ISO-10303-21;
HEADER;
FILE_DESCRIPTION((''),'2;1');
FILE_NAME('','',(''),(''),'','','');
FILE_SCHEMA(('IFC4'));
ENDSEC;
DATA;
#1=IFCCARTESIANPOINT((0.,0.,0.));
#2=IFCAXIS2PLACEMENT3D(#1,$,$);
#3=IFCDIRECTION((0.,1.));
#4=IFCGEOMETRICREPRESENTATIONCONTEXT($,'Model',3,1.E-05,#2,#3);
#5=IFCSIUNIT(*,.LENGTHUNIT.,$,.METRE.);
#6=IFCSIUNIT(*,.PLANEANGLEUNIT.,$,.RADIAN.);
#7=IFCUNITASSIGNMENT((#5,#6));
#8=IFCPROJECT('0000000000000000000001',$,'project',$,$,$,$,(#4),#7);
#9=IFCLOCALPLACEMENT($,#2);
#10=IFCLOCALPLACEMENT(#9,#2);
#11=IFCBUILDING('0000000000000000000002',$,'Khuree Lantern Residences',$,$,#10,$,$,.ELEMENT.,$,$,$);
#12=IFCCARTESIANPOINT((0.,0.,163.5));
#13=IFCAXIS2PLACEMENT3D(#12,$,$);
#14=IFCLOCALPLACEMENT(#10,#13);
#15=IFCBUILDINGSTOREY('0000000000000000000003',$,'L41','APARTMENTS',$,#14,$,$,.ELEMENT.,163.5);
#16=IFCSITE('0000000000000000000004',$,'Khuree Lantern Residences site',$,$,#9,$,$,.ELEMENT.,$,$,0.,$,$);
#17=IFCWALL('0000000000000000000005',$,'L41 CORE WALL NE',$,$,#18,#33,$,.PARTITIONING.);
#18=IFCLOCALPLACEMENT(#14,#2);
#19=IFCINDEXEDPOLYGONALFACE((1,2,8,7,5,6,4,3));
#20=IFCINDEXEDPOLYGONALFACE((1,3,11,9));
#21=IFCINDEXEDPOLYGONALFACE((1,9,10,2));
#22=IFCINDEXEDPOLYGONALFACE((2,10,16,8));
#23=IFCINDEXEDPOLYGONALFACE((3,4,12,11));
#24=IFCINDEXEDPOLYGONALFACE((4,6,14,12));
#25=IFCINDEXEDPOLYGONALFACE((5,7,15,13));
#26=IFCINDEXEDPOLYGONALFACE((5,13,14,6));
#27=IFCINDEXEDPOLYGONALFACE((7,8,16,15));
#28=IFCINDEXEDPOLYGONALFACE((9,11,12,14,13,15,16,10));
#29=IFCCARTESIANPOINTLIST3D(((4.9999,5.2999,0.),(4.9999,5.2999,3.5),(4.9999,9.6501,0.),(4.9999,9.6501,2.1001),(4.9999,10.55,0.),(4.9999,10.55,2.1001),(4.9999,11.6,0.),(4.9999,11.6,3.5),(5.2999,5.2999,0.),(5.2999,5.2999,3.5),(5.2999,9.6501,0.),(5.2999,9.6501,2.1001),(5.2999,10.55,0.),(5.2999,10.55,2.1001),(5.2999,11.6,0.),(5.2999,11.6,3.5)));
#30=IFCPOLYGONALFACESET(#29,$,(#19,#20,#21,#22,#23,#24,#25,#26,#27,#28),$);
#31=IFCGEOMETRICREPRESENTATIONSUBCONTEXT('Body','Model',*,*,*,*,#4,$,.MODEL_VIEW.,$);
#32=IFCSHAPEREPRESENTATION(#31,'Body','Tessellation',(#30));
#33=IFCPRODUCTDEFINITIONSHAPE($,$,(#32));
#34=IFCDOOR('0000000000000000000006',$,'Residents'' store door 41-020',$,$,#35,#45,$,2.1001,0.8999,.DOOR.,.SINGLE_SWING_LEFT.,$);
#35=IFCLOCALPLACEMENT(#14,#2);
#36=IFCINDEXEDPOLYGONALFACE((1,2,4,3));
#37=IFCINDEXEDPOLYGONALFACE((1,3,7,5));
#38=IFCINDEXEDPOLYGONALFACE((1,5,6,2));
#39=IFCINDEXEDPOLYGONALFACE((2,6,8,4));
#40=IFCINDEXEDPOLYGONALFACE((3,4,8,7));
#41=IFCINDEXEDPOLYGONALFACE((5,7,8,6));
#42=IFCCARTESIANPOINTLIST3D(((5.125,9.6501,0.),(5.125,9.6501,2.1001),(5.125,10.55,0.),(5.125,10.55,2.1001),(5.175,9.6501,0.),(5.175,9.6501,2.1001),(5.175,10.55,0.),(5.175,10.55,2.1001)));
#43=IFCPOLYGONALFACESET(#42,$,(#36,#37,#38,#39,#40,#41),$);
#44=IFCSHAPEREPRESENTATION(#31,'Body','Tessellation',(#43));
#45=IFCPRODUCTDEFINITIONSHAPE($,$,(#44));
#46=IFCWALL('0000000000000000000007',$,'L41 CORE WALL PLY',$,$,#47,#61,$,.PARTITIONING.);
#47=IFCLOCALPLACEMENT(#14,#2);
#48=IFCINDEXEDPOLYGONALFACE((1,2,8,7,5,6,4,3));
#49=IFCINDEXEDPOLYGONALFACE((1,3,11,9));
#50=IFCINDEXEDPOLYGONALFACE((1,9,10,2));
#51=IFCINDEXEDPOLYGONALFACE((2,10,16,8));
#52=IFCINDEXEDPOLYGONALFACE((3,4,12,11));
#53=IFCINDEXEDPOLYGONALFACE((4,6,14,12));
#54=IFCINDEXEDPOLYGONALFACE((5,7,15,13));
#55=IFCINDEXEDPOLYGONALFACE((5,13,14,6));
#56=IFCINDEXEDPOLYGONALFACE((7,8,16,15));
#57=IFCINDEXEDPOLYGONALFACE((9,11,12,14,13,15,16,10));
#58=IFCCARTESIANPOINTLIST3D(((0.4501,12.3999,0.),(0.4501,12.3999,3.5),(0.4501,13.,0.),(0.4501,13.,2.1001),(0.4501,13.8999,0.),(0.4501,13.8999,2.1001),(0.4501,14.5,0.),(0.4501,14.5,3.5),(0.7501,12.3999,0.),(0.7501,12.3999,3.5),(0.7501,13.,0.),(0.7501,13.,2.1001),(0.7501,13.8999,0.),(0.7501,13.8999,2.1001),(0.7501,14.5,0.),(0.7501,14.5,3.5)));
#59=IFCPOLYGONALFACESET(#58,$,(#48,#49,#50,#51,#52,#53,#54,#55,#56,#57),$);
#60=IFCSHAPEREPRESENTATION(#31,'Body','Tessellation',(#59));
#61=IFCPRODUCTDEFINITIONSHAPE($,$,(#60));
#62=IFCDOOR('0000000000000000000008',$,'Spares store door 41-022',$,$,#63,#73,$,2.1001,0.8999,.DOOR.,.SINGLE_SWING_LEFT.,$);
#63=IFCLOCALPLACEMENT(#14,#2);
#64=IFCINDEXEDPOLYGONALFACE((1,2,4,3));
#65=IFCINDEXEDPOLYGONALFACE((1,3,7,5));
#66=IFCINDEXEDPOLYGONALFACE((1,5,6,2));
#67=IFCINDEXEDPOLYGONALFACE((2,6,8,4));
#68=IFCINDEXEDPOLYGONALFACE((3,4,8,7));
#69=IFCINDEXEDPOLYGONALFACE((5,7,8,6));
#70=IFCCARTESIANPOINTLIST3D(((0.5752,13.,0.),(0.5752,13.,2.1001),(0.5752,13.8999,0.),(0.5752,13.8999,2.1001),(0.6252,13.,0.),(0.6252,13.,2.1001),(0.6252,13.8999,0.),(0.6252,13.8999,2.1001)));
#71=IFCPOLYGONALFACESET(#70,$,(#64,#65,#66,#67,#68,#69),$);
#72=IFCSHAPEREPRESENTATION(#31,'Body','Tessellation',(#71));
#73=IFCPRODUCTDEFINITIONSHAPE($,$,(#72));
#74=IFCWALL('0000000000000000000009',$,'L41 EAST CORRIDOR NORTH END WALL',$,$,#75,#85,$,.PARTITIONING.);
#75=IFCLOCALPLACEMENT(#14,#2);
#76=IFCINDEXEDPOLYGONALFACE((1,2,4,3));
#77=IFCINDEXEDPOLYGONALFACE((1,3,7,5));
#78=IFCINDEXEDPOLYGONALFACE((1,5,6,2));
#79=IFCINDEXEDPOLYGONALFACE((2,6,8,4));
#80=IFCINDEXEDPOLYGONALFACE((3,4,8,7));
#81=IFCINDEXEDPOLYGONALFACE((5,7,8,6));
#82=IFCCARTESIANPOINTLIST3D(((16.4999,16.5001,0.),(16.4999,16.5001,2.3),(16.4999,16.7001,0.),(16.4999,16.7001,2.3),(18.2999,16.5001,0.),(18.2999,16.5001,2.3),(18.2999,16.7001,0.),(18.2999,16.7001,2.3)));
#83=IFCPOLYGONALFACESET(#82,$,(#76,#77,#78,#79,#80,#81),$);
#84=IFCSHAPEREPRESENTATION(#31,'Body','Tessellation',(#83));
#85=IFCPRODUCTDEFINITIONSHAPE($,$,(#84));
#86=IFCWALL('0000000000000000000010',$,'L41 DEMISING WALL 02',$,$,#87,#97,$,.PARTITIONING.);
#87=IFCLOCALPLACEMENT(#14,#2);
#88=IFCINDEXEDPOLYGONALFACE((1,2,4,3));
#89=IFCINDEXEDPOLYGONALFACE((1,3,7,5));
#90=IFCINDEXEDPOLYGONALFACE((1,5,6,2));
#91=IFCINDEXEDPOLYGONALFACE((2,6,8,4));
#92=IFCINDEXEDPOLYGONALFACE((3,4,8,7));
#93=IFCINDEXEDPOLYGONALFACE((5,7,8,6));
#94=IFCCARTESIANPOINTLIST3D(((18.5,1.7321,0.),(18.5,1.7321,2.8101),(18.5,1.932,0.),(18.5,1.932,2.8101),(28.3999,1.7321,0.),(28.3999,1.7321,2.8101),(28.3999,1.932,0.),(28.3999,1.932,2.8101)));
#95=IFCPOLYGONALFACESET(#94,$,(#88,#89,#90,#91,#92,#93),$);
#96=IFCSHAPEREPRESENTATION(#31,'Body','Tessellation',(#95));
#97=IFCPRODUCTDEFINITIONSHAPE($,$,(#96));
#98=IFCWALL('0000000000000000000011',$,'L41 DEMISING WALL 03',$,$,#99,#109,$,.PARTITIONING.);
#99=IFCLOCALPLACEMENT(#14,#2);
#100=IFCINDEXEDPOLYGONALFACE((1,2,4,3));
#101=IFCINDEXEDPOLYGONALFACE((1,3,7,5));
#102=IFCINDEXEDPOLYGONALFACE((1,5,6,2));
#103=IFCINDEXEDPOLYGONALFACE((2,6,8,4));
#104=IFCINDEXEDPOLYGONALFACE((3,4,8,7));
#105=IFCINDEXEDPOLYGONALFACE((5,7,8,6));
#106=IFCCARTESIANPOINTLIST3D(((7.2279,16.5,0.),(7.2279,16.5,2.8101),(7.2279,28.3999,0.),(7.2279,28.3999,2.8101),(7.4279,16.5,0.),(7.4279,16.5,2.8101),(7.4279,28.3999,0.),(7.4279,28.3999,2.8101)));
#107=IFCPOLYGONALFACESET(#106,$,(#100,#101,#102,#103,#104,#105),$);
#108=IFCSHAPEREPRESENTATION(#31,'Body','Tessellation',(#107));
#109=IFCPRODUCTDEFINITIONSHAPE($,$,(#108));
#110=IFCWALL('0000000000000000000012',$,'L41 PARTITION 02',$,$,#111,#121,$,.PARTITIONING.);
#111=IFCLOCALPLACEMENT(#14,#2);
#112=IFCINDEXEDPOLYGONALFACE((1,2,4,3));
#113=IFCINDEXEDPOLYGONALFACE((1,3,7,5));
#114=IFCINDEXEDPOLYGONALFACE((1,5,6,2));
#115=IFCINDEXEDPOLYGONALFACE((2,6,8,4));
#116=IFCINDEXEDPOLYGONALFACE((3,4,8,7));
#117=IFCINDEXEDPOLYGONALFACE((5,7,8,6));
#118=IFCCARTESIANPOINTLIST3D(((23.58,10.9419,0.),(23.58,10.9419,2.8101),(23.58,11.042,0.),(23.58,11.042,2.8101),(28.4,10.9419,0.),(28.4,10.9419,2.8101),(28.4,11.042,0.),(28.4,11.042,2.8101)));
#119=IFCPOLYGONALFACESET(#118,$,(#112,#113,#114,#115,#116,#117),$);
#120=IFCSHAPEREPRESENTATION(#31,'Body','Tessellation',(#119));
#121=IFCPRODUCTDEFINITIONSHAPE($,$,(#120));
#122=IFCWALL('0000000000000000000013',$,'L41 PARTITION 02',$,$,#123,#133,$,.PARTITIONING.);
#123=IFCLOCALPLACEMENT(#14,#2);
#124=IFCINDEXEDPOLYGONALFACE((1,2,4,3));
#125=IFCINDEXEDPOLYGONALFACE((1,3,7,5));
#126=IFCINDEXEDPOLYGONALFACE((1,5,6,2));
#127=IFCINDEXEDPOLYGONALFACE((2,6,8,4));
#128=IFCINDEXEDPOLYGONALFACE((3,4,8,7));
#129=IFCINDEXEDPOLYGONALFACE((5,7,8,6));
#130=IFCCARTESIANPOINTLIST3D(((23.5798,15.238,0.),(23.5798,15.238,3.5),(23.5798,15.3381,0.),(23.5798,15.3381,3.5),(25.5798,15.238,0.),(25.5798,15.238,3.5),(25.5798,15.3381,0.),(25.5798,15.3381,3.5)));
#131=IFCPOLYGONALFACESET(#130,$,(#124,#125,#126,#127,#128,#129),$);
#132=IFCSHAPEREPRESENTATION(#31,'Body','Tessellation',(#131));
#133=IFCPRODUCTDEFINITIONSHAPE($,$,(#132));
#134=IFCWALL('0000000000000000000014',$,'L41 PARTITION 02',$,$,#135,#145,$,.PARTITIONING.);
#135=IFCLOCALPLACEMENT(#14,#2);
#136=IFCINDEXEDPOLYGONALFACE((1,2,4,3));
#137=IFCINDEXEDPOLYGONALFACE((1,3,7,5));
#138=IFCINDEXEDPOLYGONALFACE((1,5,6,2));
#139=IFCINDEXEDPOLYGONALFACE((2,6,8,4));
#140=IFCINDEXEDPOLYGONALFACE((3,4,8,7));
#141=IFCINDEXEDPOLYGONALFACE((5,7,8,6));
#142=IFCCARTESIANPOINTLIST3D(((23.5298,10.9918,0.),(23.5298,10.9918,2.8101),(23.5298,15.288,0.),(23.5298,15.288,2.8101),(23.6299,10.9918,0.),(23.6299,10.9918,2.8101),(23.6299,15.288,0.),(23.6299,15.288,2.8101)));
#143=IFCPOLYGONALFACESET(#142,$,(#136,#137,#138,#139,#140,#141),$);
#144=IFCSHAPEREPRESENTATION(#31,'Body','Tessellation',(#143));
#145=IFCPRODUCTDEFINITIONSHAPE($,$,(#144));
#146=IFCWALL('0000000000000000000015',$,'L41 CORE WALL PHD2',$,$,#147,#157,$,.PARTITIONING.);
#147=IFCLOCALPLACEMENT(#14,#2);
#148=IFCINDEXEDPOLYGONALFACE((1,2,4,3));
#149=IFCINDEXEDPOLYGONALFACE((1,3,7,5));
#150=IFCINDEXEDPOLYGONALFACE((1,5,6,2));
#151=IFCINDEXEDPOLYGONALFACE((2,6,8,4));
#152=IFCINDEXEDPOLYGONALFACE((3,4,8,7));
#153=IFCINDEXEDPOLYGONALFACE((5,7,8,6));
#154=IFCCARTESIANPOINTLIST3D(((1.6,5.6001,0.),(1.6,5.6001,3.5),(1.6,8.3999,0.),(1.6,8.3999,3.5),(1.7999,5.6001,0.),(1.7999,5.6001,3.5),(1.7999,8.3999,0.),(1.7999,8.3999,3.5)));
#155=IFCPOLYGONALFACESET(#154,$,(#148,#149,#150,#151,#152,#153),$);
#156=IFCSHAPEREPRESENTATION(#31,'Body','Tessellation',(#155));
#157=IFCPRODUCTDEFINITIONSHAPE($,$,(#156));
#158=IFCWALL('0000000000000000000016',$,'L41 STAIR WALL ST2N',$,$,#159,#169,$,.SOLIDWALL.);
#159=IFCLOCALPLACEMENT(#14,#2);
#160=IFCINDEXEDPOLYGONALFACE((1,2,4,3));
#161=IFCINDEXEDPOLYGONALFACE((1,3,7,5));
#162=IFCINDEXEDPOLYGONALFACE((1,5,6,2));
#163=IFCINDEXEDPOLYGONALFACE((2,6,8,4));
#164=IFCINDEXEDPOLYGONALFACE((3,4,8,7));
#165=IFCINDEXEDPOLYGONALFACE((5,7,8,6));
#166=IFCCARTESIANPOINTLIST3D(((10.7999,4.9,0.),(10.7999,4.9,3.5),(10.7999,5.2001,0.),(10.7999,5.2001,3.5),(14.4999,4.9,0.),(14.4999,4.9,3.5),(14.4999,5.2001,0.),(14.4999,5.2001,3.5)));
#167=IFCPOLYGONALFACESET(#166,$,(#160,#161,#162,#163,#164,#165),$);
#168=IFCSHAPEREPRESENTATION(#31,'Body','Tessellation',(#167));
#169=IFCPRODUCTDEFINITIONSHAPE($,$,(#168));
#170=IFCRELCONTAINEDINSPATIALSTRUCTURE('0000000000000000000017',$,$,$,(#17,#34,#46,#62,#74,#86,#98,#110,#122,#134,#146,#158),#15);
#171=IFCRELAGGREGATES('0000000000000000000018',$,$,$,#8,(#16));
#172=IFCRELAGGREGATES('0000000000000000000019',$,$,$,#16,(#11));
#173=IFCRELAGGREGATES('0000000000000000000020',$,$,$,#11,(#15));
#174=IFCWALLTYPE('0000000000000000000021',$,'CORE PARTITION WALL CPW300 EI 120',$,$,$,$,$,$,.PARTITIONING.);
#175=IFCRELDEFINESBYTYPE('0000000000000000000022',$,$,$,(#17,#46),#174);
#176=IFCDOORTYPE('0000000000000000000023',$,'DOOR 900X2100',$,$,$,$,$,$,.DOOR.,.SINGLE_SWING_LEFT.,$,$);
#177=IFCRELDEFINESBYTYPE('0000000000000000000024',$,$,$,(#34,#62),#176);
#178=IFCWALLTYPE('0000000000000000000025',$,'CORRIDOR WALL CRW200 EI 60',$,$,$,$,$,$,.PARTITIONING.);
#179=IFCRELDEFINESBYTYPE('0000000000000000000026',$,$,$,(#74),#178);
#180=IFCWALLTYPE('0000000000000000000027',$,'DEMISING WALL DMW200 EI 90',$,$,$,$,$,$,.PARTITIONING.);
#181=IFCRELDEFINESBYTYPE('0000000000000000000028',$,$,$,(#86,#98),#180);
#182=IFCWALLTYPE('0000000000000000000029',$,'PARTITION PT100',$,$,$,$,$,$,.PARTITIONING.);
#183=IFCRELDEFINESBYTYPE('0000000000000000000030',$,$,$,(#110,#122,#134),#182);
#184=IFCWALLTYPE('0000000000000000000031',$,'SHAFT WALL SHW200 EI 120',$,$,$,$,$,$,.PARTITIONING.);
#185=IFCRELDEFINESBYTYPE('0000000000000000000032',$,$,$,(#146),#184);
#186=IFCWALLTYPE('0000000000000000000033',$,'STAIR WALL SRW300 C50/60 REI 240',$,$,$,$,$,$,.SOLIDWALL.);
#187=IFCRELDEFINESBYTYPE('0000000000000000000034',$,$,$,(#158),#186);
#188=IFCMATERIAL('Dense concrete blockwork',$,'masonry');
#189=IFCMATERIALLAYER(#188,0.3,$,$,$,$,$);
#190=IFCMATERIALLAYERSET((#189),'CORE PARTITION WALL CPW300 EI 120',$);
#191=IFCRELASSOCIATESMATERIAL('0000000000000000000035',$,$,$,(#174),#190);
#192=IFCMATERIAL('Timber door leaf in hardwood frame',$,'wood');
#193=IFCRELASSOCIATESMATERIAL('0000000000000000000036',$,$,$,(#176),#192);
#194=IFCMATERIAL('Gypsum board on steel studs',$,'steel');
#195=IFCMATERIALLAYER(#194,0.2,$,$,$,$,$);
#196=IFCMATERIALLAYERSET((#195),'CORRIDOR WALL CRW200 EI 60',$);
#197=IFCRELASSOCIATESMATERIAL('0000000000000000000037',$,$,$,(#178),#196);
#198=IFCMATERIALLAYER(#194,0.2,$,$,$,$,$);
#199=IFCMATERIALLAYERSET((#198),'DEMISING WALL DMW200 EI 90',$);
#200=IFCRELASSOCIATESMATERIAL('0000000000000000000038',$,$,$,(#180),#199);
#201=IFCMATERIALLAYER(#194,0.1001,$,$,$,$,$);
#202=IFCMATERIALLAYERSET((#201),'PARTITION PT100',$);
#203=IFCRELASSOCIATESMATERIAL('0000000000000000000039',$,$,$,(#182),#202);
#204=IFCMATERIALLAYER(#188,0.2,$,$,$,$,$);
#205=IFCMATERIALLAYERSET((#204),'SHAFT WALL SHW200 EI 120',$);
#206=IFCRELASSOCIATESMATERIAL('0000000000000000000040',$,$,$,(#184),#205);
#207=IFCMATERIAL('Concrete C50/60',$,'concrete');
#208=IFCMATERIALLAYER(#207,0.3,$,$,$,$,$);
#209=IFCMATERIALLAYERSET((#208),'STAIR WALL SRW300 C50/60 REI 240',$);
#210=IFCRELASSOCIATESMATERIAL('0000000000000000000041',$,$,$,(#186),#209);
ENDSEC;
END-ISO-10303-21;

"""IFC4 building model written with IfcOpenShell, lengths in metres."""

from ifc_helpers import new_model, si_unit, direction, frame, frame_2d, origin, place, context, subcontext, project, spatial, rectangle, extrude, material, layer, layer_set, type_object, element, fill, save


model = new_model("IFC4")

# Units and contexts
model_context = context("Model", 3, precision=1e-05, world=origin(), true_north=direction((0.0, 1.0)))
body_context = subcontext(model_context, "Body", "Model", "MODEL_VIEW")
ifc_project = project(units=[si_unit("LENGTHUNIT", "METRE"), si_unit("PLANEANGLEUNIT", "RADIAN")], contexts=[model_context])

# Site, building, storey
site_placement = place(None, origin())
site = spatial("IfcSite", under=ifc_project, at=site_placement, Name="Khuree Lantern Residences site", CompositionType="ELEMENT", RefElevation=0.0)
building_placement = place(site_placement, origin())
building = spatial("IfcBuilding", under=site, at=building_placement, Name="Khuree Lantern Residences", CompositionType="ELEMENT")
storey_placement = place(building_placement, frame((0.0, 0.0, 163.5)))
storey = spatial("IfcBuildingStorey", under=building, at=storey_placement, Name="L41", Description="APARTMENTS", CompositionType="ELEMENT", Elevation=163.5)

# Shared definitions
ifc_material_1 = material(Name="Timber door leaf in hardwood frame", Category="wood")

# Shared definitions
ifc_material_2 = material(Name="Dense concrete blockwork", Category="masonry")
ifc_layer_1 = layer(ifc_material_2, 0.3)
ifc_layer_set_1 = layer_set([ifc_layer_1], Name="CORE PARTITION WALL CPW300 EI 120")
wall_type_1 = type_object("IfcWallType", Name="CORE PARTITION WALL CPW300 EI 120", PredefinedType="PARTITIONING", material=ifc_layer_set_1)

# Walls, openings, doors
wall_1_placement = place(storey_placement, frame((5.1499, 5.3, 0.0), z_axis=(0.0, 0.0, 1.0), x_axis=(0.0, 1.0, 0.0)))
wall_1 = element("IfcWall", 1, at=wall_1_placement, inside=storey, type_object=wall_type_1, Name="L41 CORE WALL NE", PredefinedType="PARTITIONING", context=body_context, shape_type="SweptSolid", body=[
    extrude(rectangle(XDim=6.3, YDim=0.3, at=frame_2d((3.1499, 0.0))), origin(), (0.0, 0.0, 1.0), 3.5),
])
opening_1_placement = place(wall_1_placement, frame((4.3501, 0.0, 0.0)))
opening_1 = element("IfcOpeningElement", 2, at=opening_1_placement, cuts=wall_1, PredefinedType="OPENING", context=body_context, shape_type="SweptSolid", body=[
    extrude(rectangle(XDim=0.8999, YDim=2.1001, at=frame_2d((0.45, 1.05))), frame((0.0, 0.1602, 0.0), z_axis=(0.0, -1.0, 0.0), x_axis=(1.0, 0.0, 0.0)), (0.0, 0.0, 1.0), 0.3201),
])
door_type_1 = type_object("IfcDoorType", Name="DOOR 900X2100", OperationType="SINGLE_SWING_LEFT", PredefinedType="DOOR", material=ifc_material_1)
door_1_placement = place(opening_1_placement, origin())
door_1 = element("IfcDoor", 3, at=door_1_placement, inside=storey, type_object=door_type_1, Name="Residents' store door 41-020", OperationType="SINGLE_SWING_LEFT", OverallHeight=2.1001, OverallWidth=0.8999, PredefinedType="DOOR", context=body_context, shape_type="SweptSolid", body=[
    extrude(rectangle(XDim=0.8999, YDim=2.1001, at=frame_2d((0.45, 1.05))), frame((0.0, 0.0249, 0.0), z_axis=(0.0, -1.0, 0.0), x_axis=(1.0, 0.0, 0.0)), (0.0, 0.0, 1.0), 0.05),
])
fill(opening_1, door_1)
wall_2_placement = place(storey_placement, frame((0.6001, 12.3999, 0.0), z_axis=(0.0, 0.0, 1.0), x_axis=(0.0, 1.0, 0.0)))
wall_2 = element("IfcWall", 4, at=wall_2_placement, inside=storey, type_object=wall_type_1, Name="L41 CORE WALL PLY", PredefinedType="PARTITIONING", context=body_context, shape_type="SweptSolid", body=[
    extrude(rectangle(XDim=2.1001, YDim=0.3, at=frame_2d((1.05, 0.0))), origin(), (0.0, 0.0, 1.0), 3.5),
])
opening_2_placement = place(wall_2_placement, frame((0.6001, 0.0, 0.0)))
opening_2 = element("IfcOpeningElement", 5, at=opening_2_placement, cuts=wall_2, PredefinedType="OPENING", context=body_context, shape_type="SweptSolid", body=[
    extrude(rectangle(XDim=0.8999, YDim=2.1001, at=frame_2d((0.45, 1.05))), frame((0.0, 0.1602, 0.0), z_axis=(0.0, -1.0, 0.0), x_axis=(1.0, 0.0, 0.0)), (0.0, 0.0, 1.0), 0.3201),
])
door_2_placement = place(opening_2_placement, origin())
door_2 = element("IfcDoor", 6, at=door_2_placement, inside=storey, type_object=door_type_1, Name="Spares store door 41-022", OperationType="SINGLE_SWING_LEFT", OverallHeight=2.1001, OverallWidth=0.8999, PredefinedType="DOOR", context=body_context, shape_type="SweptSolid", body=[
    extrude(rectangle(XDim=0.8999, YDim=2.1001, at=frame_2d((0.45, 1.05))), frame((0.0, 0.0249, 0.0), z_axis=(0.0, -1.0, 0.0), x_axis=(1.0, 0.0, 0.0)), (0.0, 0.0, 1.0), 0.05),
])
fill(opening_2, door_2)

# Walls
ifc_material_3 = material(Name="Gypsum board on steel studs", Category="steel")
ifc_layer_2 = layer(ifc_material_3, 0.2)
ifc_layer_set_2 = layer_set([ifc_layer_2], Name="CORRIDOR WALL CRW200 EI 60")
wall_type_2 = type_object("IfcWallType", Name="CORRIDOR WALL CRW200 EI 60", PredefinedType="PARTITIONING", material=ifc_layer_set_2)
wall_3_placement = place(storey_placement, frame((16.5, 16.6001, 0.0), z_axis=(0.0, 0.0, 1.0), x_axis=(1.0, 0.0, 0.0)))
element("IfcWall", 7, at=wall_3_placement, inside=storey, type_object=wall_type_2, Name="L41 EAST CORRIDOR NORTH END WALL", PredefinedType="PARTITIONING", context=body_context, shape_type="SweptSolid", body=[
    extrude(rectangle(XDim=1.8, YDim=0.2, at=frame_2d((0.8999, 0.0))), origin(), (0.0, 0.0, 1.0), 2.3),
])
ifc_layer_3 = layer(ifc_material_3, 0.2)
ifc_layer_set_3 = layer_set([ifc_layer_3], Name="DEMISING WALL DMW200 EI 90")
wall_type_3 = type_object("IfcWallType", Name="DEMISING WALL DMW200 EI 90", PredefinedType="PARTITIONING", material=ifc_layer_set_3)
wall_4_placement = place(storey_placement, frame((18.5, 1.832, 0.0), z_axis=(0.0, 0.0, 1.0), x_axis=(1.0, 0.0, 0.0)))
element("IfcWall", 8, at=wall_4_placement, inside=storey, type_object=wall_type_3, Name="L41 DEMISING WALL 02", PredefinedType="PARTITIONING", context=body_context, shape_type="SweptSolid", body=[
    extrude(rectangle(XDim=9.8999, YDim=0.2, at=frame_2d((4.95, 0.0))), origin(), (0.0, 0.0, 1.0), 2.8101),
])
wall_5_placement = place(storey_placement, frame((7.3279, 16.5, 0.0), z_axis=(0.0, 0.0, 1.0), x_axis=(0.0, 1.0, 0.0)))
element("IfcWall", 9, at=wall_5_placement, inside=storey, type_object=wall_type_3, Name="L41 DEMISING WALL 03", PredefinedType="PARTITIONING", context=body_context, shape_type="SweptSolid", body=[
    extrude(rectangle(XDim=11.8999, YDim=0.2, at=frame_2d((5.95, 0.0))), origin(), (0.0, 0.0, 1.0), 2.8101),
])
ifc_layer_4 = layer(ifc_material_3, 0.1001)
ifc_layer_set_4 = layer_set([ifc_layer_4], Name="PARTITION PT100")
wall_type_4 = type_object("IfcWallType", Name="PARTITION PT100", PredefinedType="PARTITIONING", material=ifc_layer_set_4)
wall_6_placement = place(storey_placement, frame((23.5798, 10.9919, 0.0), z_axis=(0.0, 0.0, 1.0), x_axis=(1.0, 0.0, 0.0)))
element("IfcWall", 10, at=wall_6_placement, inside=storey, type_object=wall_type_4, Name="L41 PARTITION 02", PredefinedType="PARTITIONING", context=body_context, shape_type="SweptSolid", body=[
    extrude(rectangle(XDim=4.8201, YDim=0.1001, at=frame_2d((2.4102, 0.0))), origin(), (0.0, 0.0, 1.0), 2.8101),
])
wall_7_placement = place(storey_placement, frame((23.5798, 15.2881, 0.0), z_axis=(0.0, 0.0, 1.0), x_axis=(1.0, 0.0, 0.0)))
element("IfcWall", 11, at=wall_7_placement, inside=storey, type_object=wall_type_4, Name="L41 PARTITION 02", PredefinedType="PARTITIONING", context=body_context, shape_type="SweptSolid", body=[
    extrude(rectangle(XDim=2.0, YDim=0.1001, at=frame_2d((1.0, 0.0))), origin(), (0.0, 0.0, 1.0), 3.5),
])
wall_8_placement = place(storey_placement, frame((23.5798, 10.9919, 0.0), z_axis=(0.0, 0.0, 1.0), x_axis=(0.0, 1.0, 0.0)))
element("IfcWall", 12, at=wall_8_placement, inside=storey, type_object=wall_type_4, Name="L41 PARTITION 02", PredefinedType="PARTITIONING", context=body_context, shape_type="SweptSolid", body=[
    extrude(rectangle(XDim=4.2961, YDim=0.1001, at=frame_2d((2.1479, 0.0))), origin(), (0.0, 0.0, 1.0), 2.8101),
])
ifc_layer_5 = layer(ifc_material_2, 0.2)
ifc_layer_set_5 = layer_set([ifc_layer_5], Name="SHAFT WALL SHW200 EI 120")
wall_type_5 = type_object("IfcWallType", Name="SHAFT WALL SHW200 EI 120", PredefinedType="PARTITIONING", material=ifc_layer_set_5)
wall_9_placement = place(storey_placement, frame((1.7, 5.6001, 0.0), z_axis=(0.0, 0.0, 1.0), x_axis=(0.0, 1.0, 0.0)))
element("IfcWall", 13, at=wall_9_placement, inside=storey, type_object=wall_type_5, Name="L41 CORE WALL PHD2", PredefinedType="PARTITIONING", context=body_context, shape_type="SweptSolid", body=[
    extrude(rectangle(XDim=2.7998, YDim=0.2, at=frame_2d((1.3999, 0.0))), origin(), (0.0, 0.0, 1.0), 3.5),
])
ifc_material_4 = material(Name="Concrete C50/60", Category="concrete")
ifc_layer_6 = layer(ifc_material_4, 0.3)
ifc_layer_set_6 = layer_set([ifc_layer_6], Name="STAIR WALL SRW300 C50/60 REI 240")
wall_type_6 = type_object("IfcWallType", Name="STAIR WALL SRW300 C50/60 REI 240", PredefinedType="SOLIDWALL", material=ifc_layer_set_6)
wall_10_placement = place(storey_placement, frame((14.5, 5.05, 0.0), z_axis=(0.0, 0.0, 1.0), x_axis=(-1.0, 0.0, 0.0)))
element("IfcWall", 14, at=wall_10_placement, inside=storey, type_object=wall_type_6, Name="L41 STAIR WALL ST2N", PredefinedType="SOLIDWALL", context=body_context, shape_type="SweptSolid", body=[
    extrude(rectangle(XDim=3.7, YDim=0.3, at=frame_2d((1.8501, 0.0))), origin(), (0.0, 0.0, 1.0), 3.5),
])

save(model, "model.ifc")
